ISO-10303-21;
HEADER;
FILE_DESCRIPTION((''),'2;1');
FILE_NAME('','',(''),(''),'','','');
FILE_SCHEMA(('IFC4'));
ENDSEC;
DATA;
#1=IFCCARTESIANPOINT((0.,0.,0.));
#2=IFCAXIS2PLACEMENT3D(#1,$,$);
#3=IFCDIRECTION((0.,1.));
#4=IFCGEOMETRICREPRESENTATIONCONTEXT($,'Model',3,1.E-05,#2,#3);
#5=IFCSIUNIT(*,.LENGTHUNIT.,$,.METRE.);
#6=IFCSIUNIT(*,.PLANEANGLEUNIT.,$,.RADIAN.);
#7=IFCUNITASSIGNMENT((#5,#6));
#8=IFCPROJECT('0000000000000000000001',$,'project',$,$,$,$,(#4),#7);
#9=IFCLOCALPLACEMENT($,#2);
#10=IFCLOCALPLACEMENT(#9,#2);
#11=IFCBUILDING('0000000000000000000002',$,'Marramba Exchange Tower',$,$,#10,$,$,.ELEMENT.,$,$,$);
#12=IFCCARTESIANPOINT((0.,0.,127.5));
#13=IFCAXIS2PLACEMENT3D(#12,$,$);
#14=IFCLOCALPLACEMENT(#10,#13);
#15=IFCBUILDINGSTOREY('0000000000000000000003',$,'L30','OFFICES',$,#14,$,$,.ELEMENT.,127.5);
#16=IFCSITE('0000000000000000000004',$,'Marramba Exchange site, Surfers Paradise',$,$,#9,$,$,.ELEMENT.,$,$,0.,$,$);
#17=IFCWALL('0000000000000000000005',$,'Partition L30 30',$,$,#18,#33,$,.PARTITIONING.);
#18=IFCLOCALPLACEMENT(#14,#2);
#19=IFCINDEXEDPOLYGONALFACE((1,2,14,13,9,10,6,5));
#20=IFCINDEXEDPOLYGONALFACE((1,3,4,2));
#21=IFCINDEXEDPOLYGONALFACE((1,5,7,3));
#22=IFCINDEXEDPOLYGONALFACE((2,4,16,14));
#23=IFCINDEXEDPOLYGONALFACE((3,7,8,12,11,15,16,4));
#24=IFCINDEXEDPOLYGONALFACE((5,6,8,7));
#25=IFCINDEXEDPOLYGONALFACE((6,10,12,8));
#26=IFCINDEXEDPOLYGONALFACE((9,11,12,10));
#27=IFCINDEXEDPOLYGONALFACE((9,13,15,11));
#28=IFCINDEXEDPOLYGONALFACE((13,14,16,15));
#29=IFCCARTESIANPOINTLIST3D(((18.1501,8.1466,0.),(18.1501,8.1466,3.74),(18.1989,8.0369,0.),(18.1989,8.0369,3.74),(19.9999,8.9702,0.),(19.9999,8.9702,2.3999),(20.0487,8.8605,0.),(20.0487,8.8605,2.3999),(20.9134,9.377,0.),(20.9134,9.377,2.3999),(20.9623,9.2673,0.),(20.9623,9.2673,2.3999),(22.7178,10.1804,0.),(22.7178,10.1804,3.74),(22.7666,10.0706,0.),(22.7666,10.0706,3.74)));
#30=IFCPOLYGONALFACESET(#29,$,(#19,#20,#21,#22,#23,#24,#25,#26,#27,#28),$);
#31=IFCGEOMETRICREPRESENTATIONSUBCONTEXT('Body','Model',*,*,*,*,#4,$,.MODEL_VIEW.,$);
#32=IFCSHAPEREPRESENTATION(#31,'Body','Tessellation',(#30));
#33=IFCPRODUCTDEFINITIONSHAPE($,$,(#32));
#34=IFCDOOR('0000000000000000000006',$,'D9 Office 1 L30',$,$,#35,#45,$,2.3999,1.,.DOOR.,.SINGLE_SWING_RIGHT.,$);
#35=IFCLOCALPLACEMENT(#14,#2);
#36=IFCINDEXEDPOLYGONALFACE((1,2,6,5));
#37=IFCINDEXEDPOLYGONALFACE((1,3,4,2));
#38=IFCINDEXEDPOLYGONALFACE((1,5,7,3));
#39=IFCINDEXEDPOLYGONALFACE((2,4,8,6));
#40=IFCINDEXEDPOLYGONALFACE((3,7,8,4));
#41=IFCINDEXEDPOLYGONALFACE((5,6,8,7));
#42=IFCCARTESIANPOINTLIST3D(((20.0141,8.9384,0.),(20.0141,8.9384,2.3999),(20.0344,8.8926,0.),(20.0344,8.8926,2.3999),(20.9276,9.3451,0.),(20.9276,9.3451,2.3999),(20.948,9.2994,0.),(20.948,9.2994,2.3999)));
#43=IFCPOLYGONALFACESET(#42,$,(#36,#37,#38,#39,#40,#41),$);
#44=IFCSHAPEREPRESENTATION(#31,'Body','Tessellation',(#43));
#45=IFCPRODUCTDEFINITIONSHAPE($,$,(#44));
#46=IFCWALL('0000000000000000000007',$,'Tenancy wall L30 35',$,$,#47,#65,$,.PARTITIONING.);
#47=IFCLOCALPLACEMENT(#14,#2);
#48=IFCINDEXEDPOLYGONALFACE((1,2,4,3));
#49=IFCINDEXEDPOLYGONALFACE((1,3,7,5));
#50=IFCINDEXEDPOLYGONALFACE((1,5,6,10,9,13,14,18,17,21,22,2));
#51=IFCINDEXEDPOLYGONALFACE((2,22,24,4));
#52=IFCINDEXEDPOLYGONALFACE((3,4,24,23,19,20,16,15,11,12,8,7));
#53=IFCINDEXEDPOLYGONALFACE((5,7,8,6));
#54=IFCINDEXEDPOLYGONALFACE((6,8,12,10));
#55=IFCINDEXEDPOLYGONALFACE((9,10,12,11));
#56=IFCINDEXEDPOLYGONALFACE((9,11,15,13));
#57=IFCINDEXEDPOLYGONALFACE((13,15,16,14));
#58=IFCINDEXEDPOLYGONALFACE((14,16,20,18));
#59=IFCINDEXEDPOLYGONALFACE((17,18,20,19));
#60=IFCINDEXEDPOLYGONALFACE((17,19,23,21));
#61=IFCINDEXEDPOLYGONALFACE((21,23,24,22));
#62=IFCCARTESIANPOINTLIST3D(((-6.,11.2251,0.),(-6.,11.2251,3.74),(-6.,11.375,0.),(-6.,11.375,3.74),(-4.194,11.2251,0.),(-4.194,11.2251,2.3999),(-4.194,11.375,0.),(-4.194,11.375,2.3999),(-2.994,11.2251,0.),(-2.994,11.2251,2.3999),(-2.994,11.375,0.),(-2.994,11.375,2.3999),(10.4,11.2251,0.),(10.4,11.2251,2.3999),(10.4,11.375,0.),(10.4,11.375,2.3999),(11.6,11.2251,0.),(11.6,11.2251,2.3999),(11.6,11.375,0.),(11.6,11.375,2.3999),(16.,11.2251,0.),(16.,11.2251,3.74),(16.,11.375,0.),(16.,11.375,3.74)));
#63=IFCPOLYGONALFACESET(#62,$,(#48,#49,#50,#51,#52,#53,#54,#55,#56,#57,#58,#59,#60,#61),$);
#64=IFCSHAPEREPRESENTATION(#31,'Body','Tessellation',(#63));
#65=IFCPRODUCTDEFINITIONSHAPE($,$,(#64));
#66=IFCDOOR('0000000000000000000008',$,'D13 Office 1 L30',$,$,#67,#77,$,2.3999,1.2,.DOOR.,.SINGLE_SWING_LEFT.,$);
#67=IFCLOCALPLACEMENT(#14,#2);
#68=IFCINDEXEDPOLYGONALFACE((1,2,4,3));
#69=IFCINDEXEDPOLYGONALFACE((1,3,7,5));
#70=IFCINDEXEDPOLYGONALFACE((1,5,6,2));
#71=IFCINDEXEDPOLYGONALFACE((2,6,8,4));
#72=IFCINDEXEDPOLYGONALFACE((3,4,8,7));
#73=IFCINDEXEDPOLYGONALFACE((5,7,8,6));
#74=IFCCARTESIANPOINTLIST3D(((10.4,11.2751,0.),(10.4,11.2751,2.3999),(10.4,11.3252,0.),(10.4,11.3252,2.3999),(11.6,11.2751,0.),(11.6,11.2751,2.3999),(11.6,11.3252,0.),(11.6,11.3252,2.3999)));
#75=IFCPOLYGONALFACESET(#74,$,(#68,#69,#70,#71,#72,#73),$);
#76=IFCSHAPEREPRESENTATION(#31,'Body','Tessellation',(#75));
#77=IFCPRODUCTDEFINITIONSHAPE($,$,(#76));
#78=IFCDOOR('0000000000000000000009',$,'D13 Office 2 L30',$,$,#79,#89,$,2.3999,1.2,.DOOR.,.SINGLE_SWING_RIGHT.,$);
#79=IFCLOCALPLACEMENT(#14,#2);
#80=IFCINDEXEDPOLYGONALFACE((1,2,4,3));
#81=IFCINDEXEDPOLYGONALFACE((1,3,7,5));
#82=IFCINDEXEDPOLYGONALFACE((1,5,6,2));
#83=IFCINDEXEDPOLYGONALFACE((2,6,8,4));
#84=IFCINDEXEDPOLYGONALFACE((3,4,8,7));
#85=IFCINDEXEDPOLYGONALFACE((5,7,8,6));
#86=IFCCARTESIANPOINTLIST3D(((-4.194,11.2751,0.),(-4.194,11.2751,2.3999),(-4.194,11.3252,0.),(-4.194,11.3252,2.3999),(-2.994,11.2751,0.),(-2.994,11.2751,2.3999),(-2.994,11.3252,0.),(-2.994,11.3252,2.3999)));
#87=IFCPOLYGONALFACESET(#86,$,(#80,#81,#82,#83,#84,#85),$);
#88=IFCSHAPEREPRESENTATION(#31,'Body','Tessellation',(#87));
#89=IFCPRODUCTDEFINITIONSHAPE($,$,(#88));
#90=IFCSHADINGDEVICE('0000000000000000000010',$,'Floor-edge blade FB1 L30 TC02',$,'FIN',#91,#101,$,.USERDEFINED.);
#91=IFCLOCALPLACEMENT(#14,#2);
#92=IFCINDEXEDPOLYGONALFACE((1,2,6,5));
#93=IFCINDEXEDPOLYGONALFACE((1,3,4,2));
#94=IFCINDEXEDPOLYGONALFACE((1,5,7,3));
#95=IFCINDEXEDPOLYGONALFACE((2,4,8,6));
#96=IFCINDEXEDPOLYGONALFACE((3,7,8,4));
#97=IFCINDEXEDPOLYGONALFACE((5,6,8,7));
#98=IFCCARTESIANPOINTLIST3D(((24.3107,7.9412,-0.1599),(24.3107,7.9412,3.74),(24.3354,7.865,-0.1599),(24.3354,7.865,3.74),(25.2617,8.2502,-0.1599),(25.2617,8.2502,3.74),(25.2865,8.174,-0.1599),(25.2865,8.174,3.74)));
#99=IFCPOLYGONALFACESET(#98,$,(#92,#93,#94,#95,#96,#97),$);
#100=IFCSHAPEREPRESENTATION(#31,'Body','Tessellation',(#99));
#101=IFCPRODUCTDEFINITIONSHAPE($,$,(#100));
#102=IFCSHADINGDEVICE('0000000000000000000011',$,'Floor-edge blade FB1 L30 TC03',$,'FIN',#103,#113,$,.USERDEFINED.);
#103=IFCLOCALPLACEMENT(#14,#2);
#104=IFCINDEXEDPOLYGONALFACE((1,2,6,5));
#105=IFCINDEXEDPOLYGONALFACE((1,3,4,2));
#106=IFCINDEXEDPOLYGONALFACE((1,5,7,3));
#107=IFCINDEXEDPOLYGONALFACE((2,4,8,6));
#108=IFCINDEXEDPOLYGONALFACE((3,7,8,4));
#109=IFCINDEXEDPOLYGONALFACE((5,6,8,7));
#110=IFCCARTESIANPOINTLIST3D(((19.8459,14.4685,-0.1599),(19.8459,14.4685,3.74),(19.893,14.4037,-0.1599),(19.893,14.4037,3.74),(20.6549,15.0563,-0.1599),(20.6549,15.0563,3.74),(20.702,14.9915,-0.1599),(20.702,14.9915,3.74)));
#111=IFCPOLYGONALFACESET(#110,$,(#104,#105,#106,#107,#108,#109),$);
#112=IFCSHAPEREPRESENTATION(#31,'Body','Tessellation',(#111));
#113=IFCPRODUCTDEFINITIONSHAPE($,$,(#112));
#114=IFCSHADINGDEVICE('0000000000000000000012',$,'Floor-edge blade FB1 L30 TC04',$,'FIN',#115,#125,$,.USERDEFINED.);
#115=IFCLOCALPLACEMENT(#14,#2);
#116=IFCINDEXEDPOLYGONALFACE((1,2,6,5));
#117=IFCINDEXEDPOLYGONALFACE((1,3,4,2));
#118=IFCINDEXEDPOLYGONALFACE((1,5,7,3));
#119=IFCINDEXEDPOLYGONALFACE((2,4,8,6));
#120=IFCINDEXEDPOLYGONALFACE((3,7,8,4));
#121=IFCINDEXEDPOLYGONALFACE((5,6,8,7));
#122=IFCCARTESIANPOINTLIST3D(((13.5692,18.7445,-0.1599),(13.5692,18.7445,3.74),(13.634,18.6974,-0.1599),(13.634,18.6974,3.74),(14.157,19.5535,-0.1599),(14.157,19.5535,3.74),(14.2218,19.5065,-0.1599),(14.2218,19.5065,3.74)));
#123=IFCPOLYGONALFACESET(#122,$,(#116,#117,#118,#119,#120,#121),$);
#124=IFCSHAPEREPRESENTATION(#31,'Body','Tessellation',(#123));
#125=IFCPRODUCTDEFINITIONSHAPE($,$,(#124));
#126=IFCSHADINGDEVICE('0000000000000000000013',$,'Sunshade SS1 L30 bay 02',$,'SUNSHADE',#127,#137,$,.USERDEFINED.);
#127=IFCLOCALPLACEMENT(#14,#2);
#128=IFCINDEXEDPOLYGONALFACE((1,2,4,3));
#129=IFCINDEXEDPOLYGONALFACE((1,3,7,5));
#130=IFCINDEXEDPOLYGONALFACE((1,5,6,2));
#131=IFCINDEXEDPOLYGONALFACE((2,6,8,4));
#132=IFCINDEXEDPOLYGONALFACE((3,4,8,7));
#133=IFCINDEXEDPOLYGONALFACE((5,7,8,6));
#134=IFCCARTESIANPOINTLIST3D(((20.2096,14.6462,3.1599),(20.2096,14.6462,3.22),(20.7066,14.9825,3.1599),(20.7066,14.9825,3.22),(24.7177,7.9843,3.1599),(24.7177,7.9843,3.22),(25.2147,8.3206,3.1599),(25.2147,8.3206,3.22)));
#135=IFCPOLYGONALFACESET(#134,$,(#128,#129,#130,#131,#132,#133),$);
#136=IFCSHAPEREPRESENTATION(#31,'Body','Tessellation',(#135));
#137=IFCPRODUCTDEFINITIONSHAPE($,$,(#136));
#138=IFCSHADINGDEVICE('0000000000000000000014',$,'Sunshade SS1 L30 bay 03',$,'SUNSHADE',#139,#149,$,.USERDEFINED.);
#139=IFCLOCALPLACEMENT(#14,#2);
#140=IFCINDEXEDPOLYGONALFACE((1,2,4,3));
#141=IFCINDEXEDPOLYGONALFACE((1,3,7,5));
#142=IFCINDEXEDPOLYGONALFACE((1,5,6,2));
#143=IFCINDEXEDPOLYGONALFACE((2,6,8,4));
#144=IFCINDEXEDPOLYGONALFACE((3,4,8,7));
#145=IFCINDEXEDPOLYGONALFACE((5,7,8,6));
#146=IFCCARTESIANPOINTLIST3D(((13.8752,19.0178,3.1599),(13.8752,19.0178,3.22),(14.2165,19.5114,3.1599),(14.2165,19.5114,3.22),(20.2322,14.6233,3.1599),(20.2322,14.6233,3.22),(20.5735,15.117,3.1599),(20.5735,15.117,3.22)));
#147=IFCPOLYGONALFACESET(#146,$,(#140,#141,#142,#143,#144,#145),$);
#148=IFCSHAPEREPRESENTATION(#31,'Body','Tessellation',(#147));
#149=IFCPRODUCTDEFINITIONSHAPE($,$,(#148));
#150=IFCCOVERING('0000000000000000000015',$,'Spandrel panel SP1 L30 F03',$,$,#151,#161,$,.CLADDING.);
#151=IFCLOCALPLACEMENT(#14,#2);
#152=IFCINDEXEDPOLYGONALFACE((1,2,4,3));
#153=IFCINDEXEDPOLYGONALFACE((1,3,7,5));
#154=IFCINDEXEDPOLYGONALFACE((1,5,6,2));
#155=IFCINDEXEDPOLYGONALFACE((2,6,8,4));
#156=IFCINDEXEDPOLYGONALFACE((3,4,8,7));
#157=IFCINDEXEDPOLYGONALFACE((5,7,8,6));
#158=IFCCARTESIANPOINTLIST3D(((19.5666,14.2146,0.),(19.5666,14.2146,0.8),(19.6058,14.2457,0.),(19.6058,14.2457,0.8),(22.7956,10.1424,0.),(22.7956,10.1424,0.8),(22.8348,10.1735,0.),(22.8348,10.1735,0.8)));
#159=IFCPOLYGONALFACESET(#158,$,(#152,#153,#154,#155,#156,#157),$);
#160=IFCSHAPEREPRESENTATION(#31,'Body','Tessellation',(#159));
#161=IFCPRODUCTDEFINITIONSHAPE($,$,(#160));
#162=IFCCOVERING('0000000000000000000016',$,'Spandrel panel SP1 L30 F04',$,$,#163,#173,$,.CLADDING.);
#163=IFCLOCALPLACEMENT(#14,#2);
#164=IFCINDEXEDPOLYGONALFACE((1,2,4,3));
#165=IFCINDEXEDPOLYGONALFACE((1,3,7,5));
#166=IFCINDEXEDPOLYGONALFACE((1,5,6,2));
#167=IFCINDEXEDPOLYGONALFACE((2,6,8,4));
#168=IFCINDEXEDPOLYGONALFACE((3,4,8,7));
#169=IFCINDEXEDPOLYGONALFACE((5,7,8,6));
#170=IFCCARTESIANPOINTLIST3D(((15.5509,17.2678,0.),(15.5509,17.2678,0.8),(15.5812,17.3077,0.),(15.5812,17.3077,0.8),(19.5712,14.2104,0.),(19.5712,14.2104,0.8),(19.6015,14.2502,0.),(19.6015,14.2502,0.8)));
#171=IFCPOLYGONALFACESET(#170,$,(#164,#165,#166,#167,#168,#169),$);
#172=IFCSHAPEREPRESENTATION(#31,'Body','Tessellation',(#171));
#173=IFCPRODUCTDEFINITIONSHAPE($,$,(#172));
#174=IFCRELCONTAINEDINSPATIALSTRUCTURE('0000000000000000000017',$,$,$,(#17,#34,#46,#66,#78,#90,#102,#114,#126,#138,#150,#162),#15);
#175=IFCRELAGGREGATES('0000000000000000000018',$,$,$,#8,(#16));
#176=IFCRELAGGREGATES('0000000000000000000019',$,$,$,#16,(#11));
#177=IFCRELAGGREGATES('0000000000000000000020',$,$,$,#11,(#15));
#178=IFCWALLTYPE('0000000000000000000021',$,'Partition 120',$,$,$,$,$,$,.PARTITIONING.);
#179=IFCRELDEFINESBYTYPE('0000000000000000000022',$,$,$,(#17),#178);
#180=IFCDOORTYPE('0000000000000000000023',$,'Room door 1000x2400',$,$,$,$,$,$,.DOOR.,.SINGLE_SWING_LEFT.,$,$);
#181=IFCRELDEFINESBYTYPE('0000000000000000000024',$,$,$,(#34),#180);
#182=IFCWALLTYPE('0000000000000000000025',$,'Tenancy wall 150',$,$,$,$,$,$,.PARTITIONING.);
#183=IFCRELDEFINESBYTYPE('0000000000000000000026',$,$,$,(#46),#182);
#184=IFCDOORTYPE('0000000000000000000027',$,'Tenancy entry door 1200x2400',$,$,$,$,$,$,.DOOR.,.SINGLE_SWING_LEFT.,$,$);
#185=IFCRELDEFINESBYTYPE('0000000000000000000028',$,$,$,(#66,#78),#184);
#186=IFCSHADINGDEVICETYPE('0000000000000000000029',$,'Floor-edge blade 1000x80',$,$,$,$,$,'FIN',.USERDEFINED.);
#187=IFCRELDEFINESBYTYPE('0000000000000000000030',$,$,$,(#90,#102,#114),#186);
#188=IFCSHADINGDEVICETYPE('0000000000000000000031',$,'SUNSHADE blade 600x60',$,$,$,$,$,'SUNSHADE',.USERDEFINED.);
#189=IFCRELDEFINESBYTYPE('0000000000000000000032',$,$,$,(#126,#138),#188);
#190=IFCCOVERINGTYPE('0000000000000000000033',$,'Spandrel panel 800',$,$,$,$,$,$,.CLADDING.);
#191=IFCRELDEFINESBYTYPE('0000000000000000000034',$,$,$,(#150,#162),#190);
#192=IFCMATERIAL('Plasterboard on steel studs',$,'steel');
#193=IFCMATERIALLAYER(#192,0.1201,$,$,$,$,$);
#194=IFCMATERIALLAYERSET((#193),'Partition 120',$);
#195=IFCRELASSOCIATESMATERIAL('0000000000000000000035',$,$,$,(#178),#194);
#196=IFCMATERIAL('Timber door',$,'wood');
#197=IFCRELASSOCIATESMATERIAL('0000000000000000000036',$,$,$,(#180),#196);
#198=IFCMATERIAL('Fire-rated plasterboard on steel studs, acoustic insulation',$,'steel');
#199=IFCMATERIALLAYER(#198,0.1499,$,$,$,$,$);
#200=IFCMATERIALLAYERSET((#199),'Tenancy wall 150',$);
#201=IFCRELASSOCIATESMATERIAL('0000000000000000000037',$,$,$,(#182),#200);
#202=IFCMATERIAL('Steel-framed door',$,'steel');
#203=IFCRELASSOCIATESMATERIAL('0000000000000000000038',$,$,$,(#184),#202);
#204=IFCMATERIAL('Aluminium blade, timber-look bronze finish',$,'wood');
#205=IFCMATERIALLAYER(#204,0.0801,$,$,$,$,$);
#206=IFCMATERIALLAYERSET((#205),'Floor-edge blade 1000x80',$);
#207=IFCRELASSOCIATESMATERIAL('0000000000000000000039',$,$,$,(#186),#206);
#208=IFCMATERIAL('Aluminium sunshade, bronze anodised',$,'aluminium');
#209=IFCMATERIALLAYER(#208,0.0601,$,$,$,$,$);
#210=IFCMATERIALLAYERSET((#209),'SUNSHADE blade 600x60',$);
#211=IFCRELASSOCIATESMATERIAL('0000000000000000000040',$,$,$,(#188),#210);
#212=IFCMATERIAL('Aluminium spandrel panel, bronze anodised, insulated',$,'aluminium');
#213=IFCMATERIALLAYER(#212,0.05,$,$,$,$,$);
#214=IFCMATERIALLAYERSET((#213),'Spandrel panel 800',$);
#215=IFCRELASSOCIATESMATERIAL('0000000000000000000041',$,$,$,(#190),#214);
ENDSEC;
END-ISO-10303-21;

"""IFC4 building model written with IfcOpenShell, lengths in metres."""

from ifc_helpers import new_model, si_unit, direction, frame, frame_2d, origin, origin_2d, place, context, subcontext, project, spatial, rectangle, extrude, material, layer, layer_set, type_object, element, fill, save


model = new_model("IFC4")

# Units and contexts
model_context = context("Model", 3, precision=1e-05, world=origin(), true_north=direction((0.0, 1.0)))
body_context = subcontext(model_context, "Body", "Model", "MODEL_VIEW")
ifc_project = project(units=[si_unit("LENGTHUNIT", "METRE"), si_unit("PLANEANGLEUNIT", "RADIAN")], contexts=[model_context])

# Site, building, storey
site_placement = place(None, origin())
site = spatial("IfcSite", under=ifc_project, at=site_placement, Name="Marramba Exchange site, Surfers Paradise", CompositionType="ELEMENT", RefElevation=0.0)
building_placement = place(site_placement, origin())
building = spatial("IfcBuilding", under=site, at=building_placement, Name="Marramba Exchange Tower", CompositionType="ELEMENT")
storey_placement = place(building_placement, frame((0.0, 0.0, 127.5)))
storey = spatial("IfcBuildingStorey", under=building, at=storey_placement, Name="L30", Description="OFFICES", CompositionType="ELEMENT", Elevation=127.5)

# Shared definitions
ifc_material_1 = material(Name="Plasterboard on steel studs", Category="steel")
ifc_layer_1 = layer(ifc_material_1, 0.1201)
ifc_layer_set_1 = layer_set([ifc_layer_1], Name="Partition 120")
wall_type_1 = type_object("IfcWallType", Name="Partition 120", PredefinedType="PARTITIONING", material=ifc_layer_set_1)

# Wall, opening, door
wall_1_placement = place(storey_placement, frame((22.7422, 10.1255, 0.0), z_axis=(0.0, 0.0, 1.0), x_axis=(-0.913542, -0.406745, 0.0)))
wall_1 = element("IfcWall", 1, at=wall_1_placement, inside=storey, type_object=wall_type_1, Name="Partition L30 30", PredefinedType="PARTITIONING", context=body_context, shape_type="SweptSolid", body=[
    extrude(rectangle(XDim=5.0, YDim=0.1201, at=frame_2d((2.5, 0.0))), origin(), (0.0, 0.0, 1.0), 3.74),
])
opening_1_placement = place(wall_1_placement, frame((1.9751, 0.0, 0.0)))
opening_1 = element("IfcOpeningElement", 2, at=opening_1_placement, cuts=wall_1, PredefinedType="OPENING", context=body_context, shape_type="SweptSolid", body=[
    extrude(rectangle(XDim=1.0, YDim=2.3999, at=frame_2d((0.5, 1.2))), frame((0.0, 0.0701, 0.0), z_axis=(0.0, -1.0, 0.0), x_axis=(1.0, 0.0, 0.0)), (0.0, 0.0, 1.0), 0.1401),
])
ifc_material_2 = material(Name="Timber door", Category="wood")
door_type_1 = type_object("IfcDoorType", Name="Room door 1000x2400", OperationType="SINGLE_SWING_LEFT", PredefinedType="DOOR", material=ifc_material_2)
door_1_placement = place(opening_1_placement, origin())
door_1 = element("IfcDoor", 3, at=door_1_placement, inside=storey, type_object=door_type_1, Name="D9 Office 1 L30", OperationType="SINGLE_SWING_RIGHT", OverallHeight=2.3999, OverallWidth=1.0, PredefinedType="DOOR", context=body_context, shape_type="SweptSolid", body=[
    extrude(rectangle(XDim=1.0, YDim=2.3999, at=frame_2d((0.5, 1.2))), frame((0.0, 0.0249, 0.0), z_axis=(0.0, -1.0, 0.0), x_axis=(1.0, 0.0, 0.0)), (0.0, 0.0, 1.0), 0.05),
])
fill(opening_1, door_1)

# Wall, openings, doors
ifc_material_3 = material(Name="Fire-rated plasterboard on steel studs, acoustic insulation", Category="steel")
ifc_layer_2 = layer(ifc_material_3, 0.1499)
ifc_layer_set_2 = layer_set([ifc_layer_2], Name="Tenancy wall 150")
wall_type_2 = type_object("IfcWallType", Name="Tenancy wall 150", PredefinedType="PARTITIONING", material=ifc_layer_set_2)
wall_2_placement = place(storey_placement, frame((16.0, 11.3, 0.0), z_axis=(0.0, 0.0, 1.0), x_axis=(-1.0, 0.0, 0.0)))
wall_2 = element("IfcWall", 4, at=wall_2_placement, inside=storey, type_object=wall_type_2, Name="Tenancy wall L30 35", PredefinedType="PARTITIONING", context=body_context, shape_type="SweptSolid", body=[
    extrude(rectangle(XDim=22.0, YDim=0.1499, at=frame_2d((11.0, 0.0))), origin(), (0.0, 0.0, 1.0), 3.74),
])
opening_2_placement = place(wall_2_placement, frame((4.3999, 0.0, 0.0)))
opening_2 = element("IfcOpeningElement", 5, at=opening_2_placement, cuts=wall_2, PredefinedType="OPENING", context=body_context, shape_type="SweptSolid", body=[
    extrude(rectangle(XDim=1.2, YDim=2.3999, at=frame_2d((0.6001, 1.2))), frame((0.0, 0.085, 0.0), z_axis=(0.0, -1.0, 0.0), x_axis=(1.0, 0.0, 0.0)), (0.0, 0.0, 1.0), 0.1699),
])
opening_3_placement = place(wall_2_placement, frame((18.9939, 0.0, 0.0)))
opening_3 = element("IfcOpeningElement", 6, at=opening_3_placement, cuts=wall_2, PredefinedType="OPENING", context=body_context, shape_type="SweptSolid", body=[
    extrude(rectangle(XDim=1.2, YDim=2.3999, at=frame_2d((0.6001, 1.2))), frame((0.0, 0.085, 0.0), z_axis=(0.0, -1.0, 0.0), x_axis=(1.0, 0.0, 0.0)), (0.0, 0.0, 1.0), 0.1699),
])
ifc_material_4 = material(Name="Steel-framed door", Category="steel")
door_type_2 = type_object("IfcDoorType", Name="Tenancy entry door 1200x2400", OperationType="SINGLE_SWING_LEFT", PredefinedType="DOOR", material=ifc_material_4)
door_2_placement = place(opening_2_placement, origin())
door_2 = element("IfcDoor", 7, at=door_2_placement, inside=storey, type_object=door_type_2, Name="D13 Office 1 L30", OperationType="SINGLE_SWING_LEFT", OverallHeight=2.3999, OverallWidth=1.2, PredefinedType="DOOR", context=body_context, shape_type="SweptSolid", body=[
    extrude(rectangle(XDim=1.2, YDim=2.3999, at=frame_2d((0.6001, 1.2))), frame((0.0, 0.0249, 0.0), z_axis=(0.0, -1.0, 0.0), x_axis=(1.0, 0.0, 0.0)), (0.0, 0.0, 1.0), 0.05),
])
fill(opening_2, door_2)
door_3_placement = place(opening_3_placement, origin())
door_3 = element("IfcDoor", 8, at=door_3_placement, inside=storey, type_object=door_type_2, Name="D13 Office 2 L30", OperationType="SINGLE_SWING_RIGHT", OverallHeight=2.3999, OverallWidth=1.2, PredefinedType="DOOR", context=body_context, shape_type="SweptSolid", body=[
    extrude(rectangle(XDim=1.2, YDim=2.3999, at=frame_2d((0.6001, 1.2))), frame((0.0, 0.0249, 0.0), z_axis=(0.0, -1.0, 0.0), x_axis=(1.0, 0.0, 0.0)), (0.0, 0.0, 1.0), 0.05),
])
fill(opening_3, door_3)

# Shading devices
ifc_material_5 = material(Name="Aluminium blade, timber-look bronze finish", Category="wood")
ifc_layer_3 = layer(ifc_material_5, 0.0801)
ifc_layer_set_3 = layer_set([ifc_layer_3], Name="Floor-edge blade 1000x80")
shading_device_type_1 = type_object("IfcShadingDeviceType", Name="Floor-edge blade 1000x80", ElementType="FIN", PredefinedType="USERDEFINED", material=ifc_layer_set_3)
for number, where, z_axis, x_axis, name in (
    (9, (24.7986, 8.0576, -0.1599), (0.0, 0.0, 1.0), (0.951057, 0.309017, 0.0), "Floor-edge blade FB1 L30 TC02"),
    (10, (20.2739, 14.73, -0.1599), (0.0, 0.0, 1.0), (0.809017, 0.587785, 0.0), "Floor-edge blade FB1 L30 TC03"),
    (11, (13.8955, 19.1255, -0.1599), (0.0, 0.0, 1.0), (0.587785, 0.809017, 0.0), "Floor-edge blade FB1 L30 TC04"),
):
    element("IfcShadingDevice", number, at=place(storey_placement, frame(where, z_axis=z_axis, x_axis=x_axis)), inside=storey, type_object=shading_device_type_1, Name=name, ObjectType="FIN", PredefinedType="USERDEFINED", context=body_context, shape_type="SweptSolid", body=[
        extrude(rectangle(XDim=1.0, YDim=0.0801, at=origin_2d()), origin(), (0.0, 0.0, 1.0), 3.8999),
    ])
ifc_material_6 = material(Name="Aluminium sunshade, bronze anodised", Category="aluminium")
ifc_layer_4 = layer(ifc_material_6, 0.0601)
ifc_layer_set_4 = layer_set([ifc_layer_4], Name="SUNSHADE blade 600x60")
shading_device_type_2 = type_object("IfcShadingDeviceType", Name="SUNSHADE blade 600x60", ElementType="SUNSHADE", PredefinedType="USERDEFINED", material=ifc_layer_set_4)
shading_device_1_placement = place(storey_placement, frame((22.7122, 11.4834, 3.1599), z_axis=(0.0, 0.0, 1.0), x_axis=(-0.560442, 0.828194, 0.0)))
element("IfcShadingDevice", 12, at=shading_device_1_placement, inside=storey, type_object=shading_device_type_2, Name="Sunshade SS1 L30 bay 02", ObjectType="SUNSHADE", PredefinedType="USERDEFINED", context=body_context, shape_type="SweptSolid", body=[
    extrude(rectangle(XDim=8.0439, YDim=0.6001, at=origin_2d()), origin(), (0.0, 0.0, 1.0), 0.0601),
])
shading_device_2_placement = place(storey_placement, frame((17.2244, 17.0674, 3.1599), z_axis=(0.0, 0.0, 1.0), x_axis=(-0.82259, 0.568636, 0.0)))
element("IfcShadingDevice", 13, at=shading_device_2_placement, inside=storey, type_object=shading_device_type_2, Name="Sunshade SS1 L30 bay 03", ObjectType="SUNSHADE", PredefinedType="USERDEFINED", context=body_context, shape_type="SweptSolid", body=[
    extrude(rectangle(XDim=7.728, YDim=0.6001, at=origin_2d()), origin(), (0.0, 0.0, 1.0), 0.0601),
])

# Coverings
ifc_material_7 = material(Name="Aluminium spandrel panel, bronze anodised, insulated", Category="aluminium")
ifc_layer_5 = layer(ifc_material_7, 0.05)
ifc_layer_set_5 = layer_set([ifc_layer_5], Name="Spandrel panel 800")
covering_type = type_object("IfcCoveringType", Name="Spandrel panel 800", PredefinedType="CLADDING", material=ifc_layer_set_5)
covering_1_placement = place(storey_placement, frame((21.2007, 12.1941, 0.0), z_axis=(0.0, 0.0, 1.0), x_axis=(-0.621312, 0.783563, 0.0)))
element("IfcCovering", 14, at=covering_1_placement, inside=storey, type_object=covering_type, Name="Spandrel panel SP1 L30 F03", PredefinedType="CLADDING", context=body_context, shape_type="SweptSolid", body=[
    extrude(rectangle(XDim=5.197, YDim=0.05, at=origin_2d()), origin(), (0.0, 0.0, 1.0), 0.8),
])
covering_2_placement = place(storey_placement, frame((17.5762, 15.759, 0.0), z_axis=(0.0, 0.0, 1.0), x_axis=(-0.795972, 0.605334, 0.0)))
element("IfcCovering", 15, at=covering_2_placement, inside=storey, type_object=covering_type, Name="Spandrel panel SP1 L30 F04", PredefinedType="CLADDING", context=body_context, shape_type="SweptSolid", body=[
    extrude(rectangle(XDim=5.0508, YDim=0.05, at=origin_2d()), origin(), (0.0, 0.0, 1.0), 0.8),
])

save(model, "model.ifc")
